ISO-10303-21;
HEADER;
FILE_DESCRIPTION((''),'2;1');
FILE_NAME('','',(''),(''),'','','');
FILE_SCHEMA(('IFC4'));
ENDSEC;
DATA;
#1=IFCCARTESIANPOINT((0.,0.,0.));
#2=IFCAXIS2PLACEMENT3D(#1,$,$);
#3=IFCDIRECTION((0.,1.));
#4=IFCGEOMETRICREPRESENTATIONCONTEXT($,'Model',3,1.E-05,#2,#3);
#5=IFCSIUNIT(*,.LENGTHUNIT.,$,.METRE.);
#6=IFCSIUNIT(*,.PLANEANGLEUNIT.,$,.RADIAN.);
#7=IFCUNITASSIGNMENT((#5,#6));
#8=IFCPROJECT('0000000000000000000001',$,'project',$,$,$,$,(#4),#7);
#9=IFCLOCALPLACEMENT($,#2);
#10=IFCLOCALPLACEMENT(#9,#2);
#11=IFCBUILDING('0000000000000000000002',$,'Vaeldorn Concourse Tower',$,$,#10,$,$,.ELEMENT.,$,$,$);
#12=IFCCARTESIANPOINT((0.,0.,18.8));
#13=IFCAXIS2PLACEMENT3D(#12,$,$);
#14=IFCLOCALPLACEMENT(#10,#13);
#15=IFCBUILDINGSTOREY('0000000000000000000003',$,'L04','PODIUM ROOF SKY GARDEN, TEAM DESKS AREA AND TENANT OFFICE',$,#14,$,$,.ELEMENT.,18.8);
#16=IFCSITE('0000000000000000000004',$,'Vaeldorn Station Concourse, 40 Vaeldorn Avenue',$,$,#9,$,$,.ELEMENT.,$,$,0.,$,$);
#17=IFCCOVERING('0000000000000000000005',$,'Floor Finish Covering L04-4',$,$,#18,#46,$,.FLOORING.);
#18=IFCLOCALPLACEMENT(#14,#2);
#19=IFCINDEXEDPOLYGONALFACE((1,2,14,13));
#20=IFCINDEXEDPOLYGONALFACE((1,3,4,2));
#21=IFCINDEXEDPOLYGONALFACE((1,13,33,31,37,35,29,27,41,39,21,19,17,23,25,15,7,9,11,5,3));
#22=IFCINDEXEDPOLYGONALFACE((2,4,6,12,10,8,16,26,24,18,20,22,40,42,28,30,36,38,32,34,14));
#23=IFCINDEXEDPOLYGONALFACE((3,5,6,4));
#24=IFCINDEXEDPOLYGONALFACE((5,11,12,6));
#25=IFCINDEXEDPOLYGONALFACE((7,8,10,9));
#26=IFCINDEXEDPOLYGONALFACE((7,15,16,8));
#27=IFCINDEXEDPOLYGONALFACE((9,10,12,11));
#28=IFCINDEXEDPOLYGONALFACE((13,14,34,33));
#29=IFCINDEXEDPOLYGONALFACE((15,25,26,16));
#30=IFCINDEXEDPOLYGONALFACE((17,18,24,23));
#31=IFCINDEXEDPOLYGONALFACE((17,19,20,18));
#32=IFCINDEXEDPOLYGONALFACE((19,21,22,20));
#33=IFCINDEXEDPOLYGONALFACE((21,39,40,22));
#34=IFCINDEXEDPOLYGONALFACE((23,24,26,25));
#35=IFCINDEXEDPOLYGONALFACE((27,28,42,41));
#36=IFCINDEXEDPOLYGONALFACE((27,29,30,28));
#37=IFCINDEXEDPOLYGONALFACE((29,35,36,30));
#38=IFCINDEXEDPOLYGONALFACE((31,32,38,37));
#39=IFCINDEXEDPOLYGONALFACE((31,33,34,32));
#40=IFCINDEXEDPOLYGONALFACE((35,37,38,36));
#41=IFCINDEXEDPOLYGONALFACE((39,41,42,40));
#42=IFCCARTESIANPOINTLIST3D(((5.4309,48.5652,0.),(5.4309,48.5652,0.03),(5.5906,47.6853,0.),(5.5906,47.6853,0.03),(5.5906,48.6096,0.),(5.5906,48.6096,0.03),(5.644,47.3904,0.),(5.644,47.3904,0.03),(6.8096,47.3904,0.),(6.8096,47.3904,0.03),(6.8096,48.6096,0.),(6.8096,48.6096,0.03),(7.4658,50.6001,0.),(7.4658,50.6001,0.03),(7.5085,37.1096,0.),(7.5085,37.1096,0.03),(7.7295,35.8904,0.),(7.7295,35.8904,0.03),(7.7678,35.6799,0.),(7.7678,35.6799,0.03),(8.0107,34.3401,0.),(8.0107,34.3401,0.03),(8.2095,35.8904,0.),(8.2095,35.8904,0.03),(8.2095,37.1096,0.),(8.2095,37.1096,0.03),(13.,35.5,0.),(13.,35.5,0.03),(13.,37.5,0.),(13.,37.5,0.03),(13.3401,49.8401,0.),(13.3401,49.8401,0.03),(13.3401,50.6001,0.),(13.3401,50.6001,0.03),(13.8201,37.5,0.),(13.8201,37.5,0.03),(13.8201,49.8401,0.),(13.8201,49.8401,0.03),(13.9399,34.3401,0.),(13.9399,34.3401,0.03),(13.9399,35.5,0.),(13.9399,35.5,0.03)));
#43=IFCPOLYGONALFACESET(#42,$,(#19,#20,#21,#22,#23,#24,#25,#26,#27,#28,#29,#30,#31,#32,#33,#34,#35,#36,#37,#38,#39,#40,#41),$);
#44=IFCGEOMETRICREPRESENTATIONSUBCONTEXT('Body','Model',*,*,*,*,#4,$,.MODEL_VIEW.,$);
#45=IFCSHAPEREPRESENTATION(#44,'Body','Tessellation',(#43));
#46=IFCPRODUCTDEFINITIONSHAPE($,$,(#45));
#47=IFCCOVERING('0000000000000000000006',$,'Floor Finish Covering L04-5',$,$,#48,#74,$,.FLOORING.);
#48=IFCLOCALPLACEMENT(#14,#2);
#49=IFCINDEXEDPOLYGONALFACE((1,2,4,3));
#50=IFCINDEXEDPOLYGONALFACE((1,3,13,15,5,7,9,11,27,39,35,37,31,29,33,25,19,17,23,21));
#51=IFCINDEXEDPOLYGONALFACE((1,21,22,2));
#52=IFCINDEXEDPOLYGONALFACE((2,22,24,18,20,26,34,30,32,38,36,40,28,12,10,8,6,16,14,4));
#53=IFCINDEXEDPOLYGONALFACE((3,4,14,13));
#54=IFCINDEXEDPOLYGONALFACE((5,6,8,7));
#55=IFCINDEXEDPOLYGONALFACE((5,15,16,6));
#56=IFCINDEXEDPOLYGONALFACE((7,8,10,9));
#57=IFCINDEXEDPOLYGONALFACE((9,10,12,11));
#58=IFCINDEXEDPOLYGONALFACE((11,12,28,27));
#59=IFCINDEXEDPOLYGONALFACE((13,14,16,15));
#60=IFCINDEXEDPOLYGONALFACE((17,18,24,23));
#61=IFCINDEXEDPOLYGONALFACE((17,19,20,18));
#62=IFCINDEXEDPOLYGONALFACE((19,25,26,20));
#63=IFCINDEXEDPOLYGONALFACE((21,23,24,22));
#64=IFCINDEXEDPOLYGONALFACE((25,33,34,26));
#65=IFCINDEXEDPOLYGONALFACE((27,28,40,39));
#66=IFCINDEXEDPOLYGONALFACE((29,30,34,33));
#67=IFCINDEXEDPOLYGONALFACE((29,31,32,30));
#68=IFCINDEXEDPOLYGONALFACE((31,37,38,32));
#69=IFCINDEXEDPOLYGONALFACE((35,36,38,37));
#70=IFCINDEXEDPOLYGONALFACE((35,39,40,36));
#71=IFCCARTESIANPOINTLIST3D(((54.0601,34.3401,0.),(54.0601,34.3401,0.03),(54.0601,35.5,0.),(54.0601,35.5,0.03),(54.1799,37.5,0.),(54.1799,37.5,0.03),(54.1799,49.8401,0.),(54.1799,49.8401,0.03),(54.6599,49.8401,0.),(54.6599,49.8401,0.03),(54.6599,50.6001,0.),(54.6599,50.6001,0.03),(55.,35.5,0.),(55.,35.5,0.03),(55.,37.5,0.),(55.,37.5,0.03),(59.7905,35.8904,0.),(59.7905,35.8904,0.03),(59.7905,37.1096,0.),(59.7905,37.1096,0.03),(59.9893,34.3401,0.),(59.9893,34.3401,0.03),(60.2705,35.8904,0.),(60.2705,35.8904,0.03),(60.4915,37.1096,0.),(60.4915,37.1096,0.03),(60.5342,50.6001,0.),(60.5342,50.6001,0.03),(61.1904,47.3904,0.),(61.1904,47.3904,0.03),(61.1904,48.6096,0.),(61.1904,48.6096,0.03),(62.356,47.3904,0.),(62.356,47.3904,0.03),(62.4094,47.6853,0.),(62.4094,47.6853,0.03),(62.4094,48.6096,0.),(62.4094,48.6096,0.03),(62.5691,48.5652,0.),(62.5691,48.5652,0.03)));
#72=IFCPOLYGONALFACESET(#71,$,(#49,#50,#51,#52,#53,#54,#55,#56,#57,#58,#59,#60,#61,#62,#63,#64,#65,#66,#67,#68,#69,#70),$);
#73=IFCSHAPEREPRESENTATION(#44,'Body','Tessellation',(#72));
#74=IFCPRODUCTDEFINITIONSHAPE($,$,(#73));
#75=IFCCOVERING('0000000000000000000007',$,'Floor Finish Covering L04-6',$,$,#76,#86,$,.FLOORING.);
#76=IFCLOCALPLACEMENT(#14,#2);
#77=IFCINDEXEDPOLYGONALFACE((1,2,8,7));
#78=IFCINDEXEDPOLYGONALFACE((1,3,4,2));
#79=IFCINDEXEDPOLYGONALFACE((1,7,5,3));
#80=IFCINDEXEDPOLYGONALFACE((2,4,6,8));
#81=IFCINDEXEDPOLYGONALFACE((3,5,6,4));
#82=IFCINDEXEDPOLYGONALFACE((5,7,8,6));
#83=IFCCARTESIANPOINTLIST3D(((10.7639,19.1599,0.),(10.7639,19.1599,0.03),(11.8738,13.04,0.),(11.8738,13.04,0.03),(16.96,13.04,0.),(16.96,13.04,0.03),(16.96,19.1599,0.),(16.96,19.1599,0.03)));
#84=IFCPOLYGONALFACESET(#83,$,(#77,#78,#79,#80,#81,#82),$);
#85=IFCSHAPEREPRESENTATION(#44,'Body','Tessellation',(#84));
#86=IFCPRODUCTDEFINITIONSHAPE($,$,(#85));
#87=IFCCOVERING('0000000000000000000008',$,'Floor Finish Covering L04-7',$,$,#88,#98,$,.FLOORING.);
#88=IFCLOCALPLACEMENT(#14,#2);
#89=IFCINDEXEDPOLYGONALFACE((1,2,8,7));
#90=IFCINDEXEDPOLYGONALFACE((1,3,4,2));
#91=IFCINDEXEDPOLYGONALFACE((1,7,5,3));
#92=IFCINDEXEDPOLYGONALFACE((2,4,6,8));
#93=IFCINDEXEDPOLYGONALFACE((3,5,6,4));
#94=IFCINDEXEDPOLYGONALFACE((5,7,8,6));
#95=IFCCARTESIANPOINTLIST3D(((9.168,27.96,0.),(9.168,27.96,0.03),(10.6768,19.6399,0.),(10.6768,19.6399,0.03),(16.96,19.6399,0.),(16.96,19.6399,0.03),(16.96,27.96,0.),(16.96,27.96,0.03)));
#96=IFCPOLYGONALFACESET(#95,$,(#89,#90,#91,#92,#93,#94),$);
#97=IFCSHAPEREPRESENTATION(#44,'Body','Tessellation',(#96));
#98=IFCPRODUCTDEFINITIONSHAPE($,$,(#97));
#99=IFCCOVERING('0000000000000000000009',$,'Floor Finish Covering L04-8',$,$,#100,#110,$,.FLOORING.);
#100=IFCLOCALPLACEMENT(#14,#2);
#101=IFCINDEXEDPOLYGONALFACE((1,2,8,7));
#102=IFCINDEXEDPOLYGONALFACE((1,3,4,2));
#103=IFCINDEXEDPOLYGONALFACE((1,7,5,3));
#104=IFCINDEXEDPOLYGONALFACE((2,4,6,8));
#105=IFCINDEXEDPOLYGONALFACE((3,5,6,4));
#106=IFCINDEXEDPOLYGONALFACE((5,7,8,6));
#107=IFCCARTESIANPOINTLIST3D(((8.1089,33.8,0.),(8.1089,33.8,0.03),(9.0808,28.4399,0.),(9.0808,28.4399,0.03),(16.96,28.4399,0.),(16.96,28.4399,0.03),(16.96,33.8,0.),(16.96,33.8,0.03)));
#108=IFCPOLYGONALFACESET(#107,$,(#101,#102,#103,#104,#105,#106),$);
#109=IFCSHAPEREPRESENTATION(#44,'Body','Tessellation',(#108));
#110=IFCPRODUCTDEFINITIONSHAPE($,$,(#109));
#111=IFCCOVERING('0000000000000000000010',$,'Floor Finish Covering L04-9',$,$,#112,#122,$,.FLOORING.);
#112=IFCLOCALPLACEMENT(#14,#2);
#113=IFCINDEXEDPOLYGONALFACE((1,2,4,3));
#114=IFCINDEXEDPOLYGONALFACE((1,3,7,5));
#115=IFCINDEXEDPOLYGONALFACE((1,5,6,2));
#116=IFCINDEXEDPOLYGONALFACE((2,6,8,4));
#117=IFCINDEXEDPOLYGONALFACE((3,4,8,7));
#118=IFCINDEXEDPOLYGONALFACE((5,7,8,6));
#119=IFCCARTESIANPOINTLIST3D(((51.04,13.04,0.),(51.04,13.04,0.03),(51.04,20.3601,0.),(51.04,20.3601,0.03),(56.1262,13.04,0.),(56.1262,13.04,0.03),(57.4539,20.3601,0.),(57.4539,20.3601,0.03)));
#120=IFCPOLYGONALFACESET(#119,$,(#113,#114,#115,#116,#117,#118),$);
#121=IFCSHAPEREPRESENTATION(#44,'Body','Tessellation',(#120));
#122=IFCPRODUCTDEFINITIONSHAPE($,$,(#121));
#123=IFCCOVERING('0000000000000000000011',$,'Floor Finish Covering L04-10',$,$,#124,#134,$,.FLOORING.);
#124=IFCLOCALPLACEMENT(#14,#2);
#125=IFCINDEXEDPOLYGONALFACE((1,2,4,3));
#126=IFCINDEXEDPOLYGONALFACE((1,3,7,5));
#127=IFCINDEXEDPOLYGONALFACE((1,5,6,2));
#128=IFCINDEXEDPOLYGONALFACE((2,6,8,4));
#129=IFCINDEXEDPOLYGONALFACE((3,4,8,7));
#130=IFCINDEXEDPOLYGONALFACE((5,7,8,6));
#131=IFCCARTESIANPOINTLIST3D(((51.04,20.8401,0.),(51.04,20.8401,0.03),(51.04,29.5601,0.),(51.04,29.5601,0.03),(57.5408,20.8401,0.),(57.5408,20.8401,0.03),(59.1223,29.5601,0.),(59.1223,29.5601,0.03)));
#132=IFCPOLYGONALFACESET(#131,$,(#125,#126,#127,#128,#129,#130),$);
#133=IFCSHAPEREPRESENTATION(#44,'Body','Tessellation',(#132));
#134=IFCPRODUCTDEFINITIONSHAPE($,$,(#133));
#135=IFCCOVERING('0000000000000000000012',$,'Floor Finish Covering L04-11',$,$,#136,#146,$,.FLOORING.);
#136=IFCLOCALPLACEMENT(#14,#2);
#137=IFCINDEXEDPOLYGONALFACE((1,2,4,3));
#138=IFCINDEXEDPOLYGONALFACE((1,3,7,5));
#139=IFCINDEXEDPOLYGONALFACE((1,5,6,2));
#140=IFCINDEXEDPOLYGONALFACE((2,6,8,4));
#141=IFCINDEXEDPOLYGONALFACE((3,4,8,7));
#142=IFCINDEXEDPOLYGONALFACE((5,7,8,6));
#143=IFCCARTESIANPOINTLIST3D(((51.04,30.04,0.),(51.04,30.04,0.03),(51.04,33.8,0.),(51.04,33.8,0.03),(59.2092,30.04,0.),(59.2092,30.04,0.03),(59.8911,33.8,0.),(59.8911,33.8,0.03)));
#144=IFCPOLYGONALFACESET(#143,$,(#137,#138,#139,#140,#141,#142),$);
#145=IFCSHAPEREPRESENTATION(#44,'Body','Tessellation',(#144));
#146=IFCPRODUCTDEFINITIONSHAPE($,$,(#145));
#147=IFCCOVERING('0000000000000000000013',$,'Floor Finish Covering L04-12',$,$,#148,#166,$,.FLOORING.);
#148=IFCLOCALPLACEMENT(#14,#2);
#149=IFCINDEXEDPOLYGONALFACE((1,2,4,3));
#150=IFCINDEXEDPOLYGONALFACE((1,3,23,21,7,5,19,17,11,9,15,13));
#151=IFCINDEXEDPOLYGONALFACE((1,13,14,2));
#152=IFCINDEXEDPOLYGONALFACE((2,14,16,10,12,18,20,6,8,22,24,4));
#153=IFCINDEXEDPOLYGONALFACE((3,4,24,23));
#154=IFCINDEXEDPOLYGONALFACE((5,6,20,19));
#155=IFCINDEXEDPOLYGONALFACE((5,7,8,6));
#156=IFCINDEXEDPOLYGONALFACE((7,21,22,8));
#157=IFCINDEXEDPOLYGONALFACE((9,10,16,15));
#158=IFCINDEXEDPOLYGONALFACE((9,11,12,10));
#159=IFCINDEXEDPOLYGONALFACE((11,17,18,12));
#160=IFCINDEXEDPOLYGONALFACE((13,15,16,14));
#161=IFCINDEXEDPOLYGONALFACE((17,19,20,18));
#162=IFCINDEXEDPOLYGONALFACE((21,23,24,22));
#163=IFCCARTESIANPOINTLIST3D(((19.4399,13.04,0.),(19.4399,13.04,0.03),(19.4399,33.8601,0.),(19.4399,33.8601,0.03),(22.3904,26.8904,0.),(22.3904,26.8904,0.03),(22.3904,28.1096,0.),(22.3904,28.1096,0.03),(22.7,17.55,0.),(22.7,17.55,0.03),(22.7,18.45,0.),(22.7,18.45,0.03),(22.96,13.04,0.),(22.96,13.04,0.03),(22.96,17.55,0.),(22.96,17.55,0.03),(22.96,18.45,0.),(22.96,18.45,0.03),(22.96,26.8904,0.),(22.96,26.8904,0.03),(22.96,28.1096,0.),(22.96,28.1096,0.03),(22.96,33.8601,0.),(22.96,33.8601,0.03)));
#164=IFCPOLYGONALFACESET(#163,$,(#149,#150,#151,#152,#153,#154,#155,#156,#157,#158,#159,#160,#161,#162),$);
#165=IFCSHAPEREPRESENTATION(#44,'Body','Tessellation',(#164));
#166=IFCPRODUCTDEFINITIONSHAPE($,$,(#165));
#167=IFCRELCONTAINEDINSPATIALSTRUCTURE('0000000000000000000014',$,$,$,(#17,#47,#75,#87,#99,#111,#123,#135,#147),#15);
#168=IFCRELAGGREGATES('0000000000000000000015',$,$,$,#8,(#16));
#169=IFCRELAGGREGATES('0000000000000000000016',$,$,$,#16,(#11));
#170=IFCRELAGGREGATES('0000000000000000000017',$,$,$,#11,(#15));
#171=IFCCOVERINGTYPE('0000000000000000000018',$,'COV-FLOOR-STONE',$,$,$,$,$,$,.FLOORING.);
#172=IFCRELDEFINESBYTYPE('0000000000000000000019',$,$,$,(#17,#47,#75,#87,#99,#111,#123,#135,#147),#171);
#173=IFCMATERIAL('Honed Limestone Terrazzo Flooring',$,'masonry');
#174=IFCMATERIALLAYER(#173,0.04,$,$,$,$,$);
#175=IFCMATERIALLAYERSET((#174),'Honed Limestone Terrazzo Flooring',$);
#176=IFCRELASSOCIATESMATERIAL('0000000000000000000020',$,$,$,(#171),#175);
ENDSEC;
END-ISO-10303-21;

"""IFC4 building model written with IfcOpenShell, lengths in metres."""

from ifc_helpers import new_model, si_unit, direction, frame, origin, place, context, subcontext, project, spatial, polyline, outline, extrude, material, layer, layer_set, type_object, element, save


model = new_model("IFC4")

# Units and contexts
model_context = context("Model", 3, precision=1e-05, world=origin(), true_north=direction((0.0, 1.0)))
body_context = subcontext(model_context, "Body", "Model", "MODEL_VIEW")
ifc_project = project(units=[si_unit("LENGTHUNIT", "METRE"), si_unit("PLANEANGLEUNIT", "RADIAN")], contexts=[model_context])

# Site, building, storey
site_placement = place(None, origin())
site = spatial("IfcSite", under=ifc_project, at=site_placement, Name="Vaeldorn Station Concourse, 40 Vaeldorn Avenue", CompositionType="ELEMENT", RefElevation=0.0)
building_placement = place(site_placement, origin())
building = spatial("IfcBuilding", under=site, at=building_placement, Name="Vaeldorn Concourse Tower", CompositionType="ELEMENT")
storey_placement = place(building_placement, frame((0.0, 0.0, 18.8)))
storey = spatial("IfcBuildingStorey", under=building, at=storey_placement, Name="L04", Description="PODIUM ROOF SKY GARDEN, TEAM DESKS AREA AND TENANT OFFICE", CompositionType="ELEMENT", Elevation=18.8)

# Coverings
ifc_material_1 = material(Name="Honed Limestone Terrazzo Flooring", Category="masonry")
ifc_layer_1 = layer(ifc_material_1, 0.04)
ifc_layer_set_1 = layer_set([ifc_layer_1], Name="Honed Limestone Terrazzo Flooring")
covering_type_1 = type_object("IfcCoveringType", Name="COV-FLOOR-STONE", PredefinedType="FLOORING", material=ifc_layer_set_1)
covering_1_placement = place(storey_placement, origin())
element("IfcCovering", 1, at=covering_1_placement, inside=storey, type_object=covering_type_1, Name="Floor Finish Covering L04-4", PredefinedType="FLOORING", context=body_context, shape_type="SweptSolid", body=[
    extrude(outline(polyline([(7.4658, 50.6001), (13.3401, 50.6001), (13.3401, 49.8401), (13.8201, 49.8401), (13.8201, 37.5), (13.0, 37.5), (13.0, 35.5), (13.9399, 35.5), (13.9399, 34.3401), (8.0107, 34.3401), (7.7678, 35.6799), (7.7678, 35.6799), (7.7295, 35.8904), (8.2095, 35.8904), (8.2095, 37.1096), (7.5085, 37.1096), (5.644, 47.3904), (6.8096, 47.3904), (6.8096, 48.6096), (5.5906, 48.6096), (5.5906, 47.6853), (5.4309, 48.5652), (7.4658, 50.6001)])), origin(), (0.0, 0.0, 1.0), 0.03),
])
covering_2_placement = place(storey_placement, origin())
element("IfcCovering", 2, at=covering_2_placement, inside=storey, type_object=covering_type_1, Name="Floor Finish Covering L04-5", PredefinedType="FLOORING", context=body_context, shape_type="SweptSolid", body=[
    extrude(outline(polyline([(54.1799, 49.8401), (54.6599, 49.8401), (54.6599, 50.6001), (60.5342, 50.6001), (62.5691, 48.5652), (62.4094, 47.6853), (62.4094, 48.6096), (61.1904, 48.6096), (61.1904, 47.3904), (62.356, 47.3904), (60.4915, 37.1096), (59.7905, 37.1096), (59.7905, 35.8904), (60.2705, 35.8904), (59.9893, 34.3401), (54.0601, 34.3401), (54.0601, 35.5), (55.0, 35.5), (55.0, 37.5), (54.1799, 37.5), (54.1799, 49.8401)])), origin(), (0.0, 0.0, 1.0), 0.03),
])
covering_3_placement = place(storey_placement, origin())
element("IfcCovering", 3, at=covering_3_placement, inside=storey, type_object=covering_type_1, Name="Floor Finish Covering L04-6", PredefinedType="FLOORING", context=body_context, shape_type="SweptSolid", body=[
    extrude(outline(polyline([(16.96, 19.1599), (16.96, 13.04), (11.8738, 13.04), (10.7639, 19.1599), (16.96, 19.1599)])), origin(), (0.0, 0.0, 1.0), 0.03),
])
covering_4_placement = place(storey_placement, origin())
element("IfcCovering", 4, at=covering_4_placement, inside=storey, type_object=covering_type_1, Name="Floor Finish Covering L04-7", PredefinedType="FLOORING", context=body_context, shape_type="SweptSolid", body=[
    extrude(outline(polyline([(16.96, 27.96), (16.96, 19.6399), (10.6768, 19.6399), (9.168, 27.96), (16.96, 27.96)])), origin(), (0.0, 0.0, 1.0), 0.03),
])
covering_5_placement = place(storey_placement, origin())
element("IfcCovering", 5, at=covering_5_placement, inside=storey, type_object=covering_type_1, Name="Floor Finish Covering L04-8", PredefinedType="FLOORING", context=body_context, shape_type="SweptSolid", body=[
    extrude(outline(polyline([(16.96, 33.8), (16.96, 28.4399), (9.0808, 28.4399), (8.1089, 33.8), (16.96, 33.8)])), origin(), (0.0, 0.0, 1.0), 0.03),
])
covering_6_placement = place(storey_placement, origin())
element("IfcCovering", 6, at=covering_6_placement, inside=storey, type_object=covering_type_1, Name="Floor Finish Covering L04-9", PredefinedType="FLOORING", context=body_context, shape_type="SweptSolid", body=[
    extrude(outline(polyline([(51.04, 13.04), (51.04, 20.3601), (57.4539, 20.3601), (56.1262, 13.04), (51.04, 13.04)])), origin(), (0.0, 0.0, 1.0), 0.03),
])
covering_7_placement = place(storey_placement, origin())
element("IfcCovering", 7, at=covering_7_placement, inside=storey, type_object=covering_type_1, Name="Floor Finish Covering L04-10", PredefinedType="FLOORING", context=body_context, shape_type="SweptSolid", body=[
    extrude(outline(polyline([(51.04, 20.8401), (51.04, 29.5601), (59.1223, 29.5601), (57.5408, 20.8401), (51.04, 20.8401)])), origin(), (0.0, 0.0, 1.0), 0.03),
])
covering_8_placement = place(storey_placement, origin())
element("IfcCovering", 8, at=covering_8_placement, inside=storey, type_object=covering_type_1, Name="Floor Finish Covering L04-11", PredefinedType="FLOORING", context=body_context, shape_type="SweptSolid", body=[
    extrude(outline(polyline([(51.04, 30.04), (51.04, 33.8), (59.8911, 33.8), (59.2092, 30.04), (51.04, 30.04)])), origin(), (0.0, 0.0, 1.0), 0.03),
])
covering_9_placement = place(storey_placement, origin())
element("IfcCovering", 9, at=covering_9_placement, inside=storey, type_object=covering_type_1, Name="Floor Finish Covering L04-12", PredefinedType="FLOORING", context=body_context, shape_type="SweptSolid", body=[
    extrude(outline(polyline([(19.4399, 33.8601), (22.96, 33.8601), (22.96, 28.1096), (22.3904, 28.1096), (22.3904, 26.8904), (22.96, 26.8904), (22.96, 18.45), (22.7, 18.45), (22.7, 17.55), (22.96, 17.55), (22.96, 13.04), (19.4399, 13.04), (19.4399, 33.8601)])), origin(), (0.0, 0.0, 1.0), 0.03),
])

save(model, "model.ifc")
